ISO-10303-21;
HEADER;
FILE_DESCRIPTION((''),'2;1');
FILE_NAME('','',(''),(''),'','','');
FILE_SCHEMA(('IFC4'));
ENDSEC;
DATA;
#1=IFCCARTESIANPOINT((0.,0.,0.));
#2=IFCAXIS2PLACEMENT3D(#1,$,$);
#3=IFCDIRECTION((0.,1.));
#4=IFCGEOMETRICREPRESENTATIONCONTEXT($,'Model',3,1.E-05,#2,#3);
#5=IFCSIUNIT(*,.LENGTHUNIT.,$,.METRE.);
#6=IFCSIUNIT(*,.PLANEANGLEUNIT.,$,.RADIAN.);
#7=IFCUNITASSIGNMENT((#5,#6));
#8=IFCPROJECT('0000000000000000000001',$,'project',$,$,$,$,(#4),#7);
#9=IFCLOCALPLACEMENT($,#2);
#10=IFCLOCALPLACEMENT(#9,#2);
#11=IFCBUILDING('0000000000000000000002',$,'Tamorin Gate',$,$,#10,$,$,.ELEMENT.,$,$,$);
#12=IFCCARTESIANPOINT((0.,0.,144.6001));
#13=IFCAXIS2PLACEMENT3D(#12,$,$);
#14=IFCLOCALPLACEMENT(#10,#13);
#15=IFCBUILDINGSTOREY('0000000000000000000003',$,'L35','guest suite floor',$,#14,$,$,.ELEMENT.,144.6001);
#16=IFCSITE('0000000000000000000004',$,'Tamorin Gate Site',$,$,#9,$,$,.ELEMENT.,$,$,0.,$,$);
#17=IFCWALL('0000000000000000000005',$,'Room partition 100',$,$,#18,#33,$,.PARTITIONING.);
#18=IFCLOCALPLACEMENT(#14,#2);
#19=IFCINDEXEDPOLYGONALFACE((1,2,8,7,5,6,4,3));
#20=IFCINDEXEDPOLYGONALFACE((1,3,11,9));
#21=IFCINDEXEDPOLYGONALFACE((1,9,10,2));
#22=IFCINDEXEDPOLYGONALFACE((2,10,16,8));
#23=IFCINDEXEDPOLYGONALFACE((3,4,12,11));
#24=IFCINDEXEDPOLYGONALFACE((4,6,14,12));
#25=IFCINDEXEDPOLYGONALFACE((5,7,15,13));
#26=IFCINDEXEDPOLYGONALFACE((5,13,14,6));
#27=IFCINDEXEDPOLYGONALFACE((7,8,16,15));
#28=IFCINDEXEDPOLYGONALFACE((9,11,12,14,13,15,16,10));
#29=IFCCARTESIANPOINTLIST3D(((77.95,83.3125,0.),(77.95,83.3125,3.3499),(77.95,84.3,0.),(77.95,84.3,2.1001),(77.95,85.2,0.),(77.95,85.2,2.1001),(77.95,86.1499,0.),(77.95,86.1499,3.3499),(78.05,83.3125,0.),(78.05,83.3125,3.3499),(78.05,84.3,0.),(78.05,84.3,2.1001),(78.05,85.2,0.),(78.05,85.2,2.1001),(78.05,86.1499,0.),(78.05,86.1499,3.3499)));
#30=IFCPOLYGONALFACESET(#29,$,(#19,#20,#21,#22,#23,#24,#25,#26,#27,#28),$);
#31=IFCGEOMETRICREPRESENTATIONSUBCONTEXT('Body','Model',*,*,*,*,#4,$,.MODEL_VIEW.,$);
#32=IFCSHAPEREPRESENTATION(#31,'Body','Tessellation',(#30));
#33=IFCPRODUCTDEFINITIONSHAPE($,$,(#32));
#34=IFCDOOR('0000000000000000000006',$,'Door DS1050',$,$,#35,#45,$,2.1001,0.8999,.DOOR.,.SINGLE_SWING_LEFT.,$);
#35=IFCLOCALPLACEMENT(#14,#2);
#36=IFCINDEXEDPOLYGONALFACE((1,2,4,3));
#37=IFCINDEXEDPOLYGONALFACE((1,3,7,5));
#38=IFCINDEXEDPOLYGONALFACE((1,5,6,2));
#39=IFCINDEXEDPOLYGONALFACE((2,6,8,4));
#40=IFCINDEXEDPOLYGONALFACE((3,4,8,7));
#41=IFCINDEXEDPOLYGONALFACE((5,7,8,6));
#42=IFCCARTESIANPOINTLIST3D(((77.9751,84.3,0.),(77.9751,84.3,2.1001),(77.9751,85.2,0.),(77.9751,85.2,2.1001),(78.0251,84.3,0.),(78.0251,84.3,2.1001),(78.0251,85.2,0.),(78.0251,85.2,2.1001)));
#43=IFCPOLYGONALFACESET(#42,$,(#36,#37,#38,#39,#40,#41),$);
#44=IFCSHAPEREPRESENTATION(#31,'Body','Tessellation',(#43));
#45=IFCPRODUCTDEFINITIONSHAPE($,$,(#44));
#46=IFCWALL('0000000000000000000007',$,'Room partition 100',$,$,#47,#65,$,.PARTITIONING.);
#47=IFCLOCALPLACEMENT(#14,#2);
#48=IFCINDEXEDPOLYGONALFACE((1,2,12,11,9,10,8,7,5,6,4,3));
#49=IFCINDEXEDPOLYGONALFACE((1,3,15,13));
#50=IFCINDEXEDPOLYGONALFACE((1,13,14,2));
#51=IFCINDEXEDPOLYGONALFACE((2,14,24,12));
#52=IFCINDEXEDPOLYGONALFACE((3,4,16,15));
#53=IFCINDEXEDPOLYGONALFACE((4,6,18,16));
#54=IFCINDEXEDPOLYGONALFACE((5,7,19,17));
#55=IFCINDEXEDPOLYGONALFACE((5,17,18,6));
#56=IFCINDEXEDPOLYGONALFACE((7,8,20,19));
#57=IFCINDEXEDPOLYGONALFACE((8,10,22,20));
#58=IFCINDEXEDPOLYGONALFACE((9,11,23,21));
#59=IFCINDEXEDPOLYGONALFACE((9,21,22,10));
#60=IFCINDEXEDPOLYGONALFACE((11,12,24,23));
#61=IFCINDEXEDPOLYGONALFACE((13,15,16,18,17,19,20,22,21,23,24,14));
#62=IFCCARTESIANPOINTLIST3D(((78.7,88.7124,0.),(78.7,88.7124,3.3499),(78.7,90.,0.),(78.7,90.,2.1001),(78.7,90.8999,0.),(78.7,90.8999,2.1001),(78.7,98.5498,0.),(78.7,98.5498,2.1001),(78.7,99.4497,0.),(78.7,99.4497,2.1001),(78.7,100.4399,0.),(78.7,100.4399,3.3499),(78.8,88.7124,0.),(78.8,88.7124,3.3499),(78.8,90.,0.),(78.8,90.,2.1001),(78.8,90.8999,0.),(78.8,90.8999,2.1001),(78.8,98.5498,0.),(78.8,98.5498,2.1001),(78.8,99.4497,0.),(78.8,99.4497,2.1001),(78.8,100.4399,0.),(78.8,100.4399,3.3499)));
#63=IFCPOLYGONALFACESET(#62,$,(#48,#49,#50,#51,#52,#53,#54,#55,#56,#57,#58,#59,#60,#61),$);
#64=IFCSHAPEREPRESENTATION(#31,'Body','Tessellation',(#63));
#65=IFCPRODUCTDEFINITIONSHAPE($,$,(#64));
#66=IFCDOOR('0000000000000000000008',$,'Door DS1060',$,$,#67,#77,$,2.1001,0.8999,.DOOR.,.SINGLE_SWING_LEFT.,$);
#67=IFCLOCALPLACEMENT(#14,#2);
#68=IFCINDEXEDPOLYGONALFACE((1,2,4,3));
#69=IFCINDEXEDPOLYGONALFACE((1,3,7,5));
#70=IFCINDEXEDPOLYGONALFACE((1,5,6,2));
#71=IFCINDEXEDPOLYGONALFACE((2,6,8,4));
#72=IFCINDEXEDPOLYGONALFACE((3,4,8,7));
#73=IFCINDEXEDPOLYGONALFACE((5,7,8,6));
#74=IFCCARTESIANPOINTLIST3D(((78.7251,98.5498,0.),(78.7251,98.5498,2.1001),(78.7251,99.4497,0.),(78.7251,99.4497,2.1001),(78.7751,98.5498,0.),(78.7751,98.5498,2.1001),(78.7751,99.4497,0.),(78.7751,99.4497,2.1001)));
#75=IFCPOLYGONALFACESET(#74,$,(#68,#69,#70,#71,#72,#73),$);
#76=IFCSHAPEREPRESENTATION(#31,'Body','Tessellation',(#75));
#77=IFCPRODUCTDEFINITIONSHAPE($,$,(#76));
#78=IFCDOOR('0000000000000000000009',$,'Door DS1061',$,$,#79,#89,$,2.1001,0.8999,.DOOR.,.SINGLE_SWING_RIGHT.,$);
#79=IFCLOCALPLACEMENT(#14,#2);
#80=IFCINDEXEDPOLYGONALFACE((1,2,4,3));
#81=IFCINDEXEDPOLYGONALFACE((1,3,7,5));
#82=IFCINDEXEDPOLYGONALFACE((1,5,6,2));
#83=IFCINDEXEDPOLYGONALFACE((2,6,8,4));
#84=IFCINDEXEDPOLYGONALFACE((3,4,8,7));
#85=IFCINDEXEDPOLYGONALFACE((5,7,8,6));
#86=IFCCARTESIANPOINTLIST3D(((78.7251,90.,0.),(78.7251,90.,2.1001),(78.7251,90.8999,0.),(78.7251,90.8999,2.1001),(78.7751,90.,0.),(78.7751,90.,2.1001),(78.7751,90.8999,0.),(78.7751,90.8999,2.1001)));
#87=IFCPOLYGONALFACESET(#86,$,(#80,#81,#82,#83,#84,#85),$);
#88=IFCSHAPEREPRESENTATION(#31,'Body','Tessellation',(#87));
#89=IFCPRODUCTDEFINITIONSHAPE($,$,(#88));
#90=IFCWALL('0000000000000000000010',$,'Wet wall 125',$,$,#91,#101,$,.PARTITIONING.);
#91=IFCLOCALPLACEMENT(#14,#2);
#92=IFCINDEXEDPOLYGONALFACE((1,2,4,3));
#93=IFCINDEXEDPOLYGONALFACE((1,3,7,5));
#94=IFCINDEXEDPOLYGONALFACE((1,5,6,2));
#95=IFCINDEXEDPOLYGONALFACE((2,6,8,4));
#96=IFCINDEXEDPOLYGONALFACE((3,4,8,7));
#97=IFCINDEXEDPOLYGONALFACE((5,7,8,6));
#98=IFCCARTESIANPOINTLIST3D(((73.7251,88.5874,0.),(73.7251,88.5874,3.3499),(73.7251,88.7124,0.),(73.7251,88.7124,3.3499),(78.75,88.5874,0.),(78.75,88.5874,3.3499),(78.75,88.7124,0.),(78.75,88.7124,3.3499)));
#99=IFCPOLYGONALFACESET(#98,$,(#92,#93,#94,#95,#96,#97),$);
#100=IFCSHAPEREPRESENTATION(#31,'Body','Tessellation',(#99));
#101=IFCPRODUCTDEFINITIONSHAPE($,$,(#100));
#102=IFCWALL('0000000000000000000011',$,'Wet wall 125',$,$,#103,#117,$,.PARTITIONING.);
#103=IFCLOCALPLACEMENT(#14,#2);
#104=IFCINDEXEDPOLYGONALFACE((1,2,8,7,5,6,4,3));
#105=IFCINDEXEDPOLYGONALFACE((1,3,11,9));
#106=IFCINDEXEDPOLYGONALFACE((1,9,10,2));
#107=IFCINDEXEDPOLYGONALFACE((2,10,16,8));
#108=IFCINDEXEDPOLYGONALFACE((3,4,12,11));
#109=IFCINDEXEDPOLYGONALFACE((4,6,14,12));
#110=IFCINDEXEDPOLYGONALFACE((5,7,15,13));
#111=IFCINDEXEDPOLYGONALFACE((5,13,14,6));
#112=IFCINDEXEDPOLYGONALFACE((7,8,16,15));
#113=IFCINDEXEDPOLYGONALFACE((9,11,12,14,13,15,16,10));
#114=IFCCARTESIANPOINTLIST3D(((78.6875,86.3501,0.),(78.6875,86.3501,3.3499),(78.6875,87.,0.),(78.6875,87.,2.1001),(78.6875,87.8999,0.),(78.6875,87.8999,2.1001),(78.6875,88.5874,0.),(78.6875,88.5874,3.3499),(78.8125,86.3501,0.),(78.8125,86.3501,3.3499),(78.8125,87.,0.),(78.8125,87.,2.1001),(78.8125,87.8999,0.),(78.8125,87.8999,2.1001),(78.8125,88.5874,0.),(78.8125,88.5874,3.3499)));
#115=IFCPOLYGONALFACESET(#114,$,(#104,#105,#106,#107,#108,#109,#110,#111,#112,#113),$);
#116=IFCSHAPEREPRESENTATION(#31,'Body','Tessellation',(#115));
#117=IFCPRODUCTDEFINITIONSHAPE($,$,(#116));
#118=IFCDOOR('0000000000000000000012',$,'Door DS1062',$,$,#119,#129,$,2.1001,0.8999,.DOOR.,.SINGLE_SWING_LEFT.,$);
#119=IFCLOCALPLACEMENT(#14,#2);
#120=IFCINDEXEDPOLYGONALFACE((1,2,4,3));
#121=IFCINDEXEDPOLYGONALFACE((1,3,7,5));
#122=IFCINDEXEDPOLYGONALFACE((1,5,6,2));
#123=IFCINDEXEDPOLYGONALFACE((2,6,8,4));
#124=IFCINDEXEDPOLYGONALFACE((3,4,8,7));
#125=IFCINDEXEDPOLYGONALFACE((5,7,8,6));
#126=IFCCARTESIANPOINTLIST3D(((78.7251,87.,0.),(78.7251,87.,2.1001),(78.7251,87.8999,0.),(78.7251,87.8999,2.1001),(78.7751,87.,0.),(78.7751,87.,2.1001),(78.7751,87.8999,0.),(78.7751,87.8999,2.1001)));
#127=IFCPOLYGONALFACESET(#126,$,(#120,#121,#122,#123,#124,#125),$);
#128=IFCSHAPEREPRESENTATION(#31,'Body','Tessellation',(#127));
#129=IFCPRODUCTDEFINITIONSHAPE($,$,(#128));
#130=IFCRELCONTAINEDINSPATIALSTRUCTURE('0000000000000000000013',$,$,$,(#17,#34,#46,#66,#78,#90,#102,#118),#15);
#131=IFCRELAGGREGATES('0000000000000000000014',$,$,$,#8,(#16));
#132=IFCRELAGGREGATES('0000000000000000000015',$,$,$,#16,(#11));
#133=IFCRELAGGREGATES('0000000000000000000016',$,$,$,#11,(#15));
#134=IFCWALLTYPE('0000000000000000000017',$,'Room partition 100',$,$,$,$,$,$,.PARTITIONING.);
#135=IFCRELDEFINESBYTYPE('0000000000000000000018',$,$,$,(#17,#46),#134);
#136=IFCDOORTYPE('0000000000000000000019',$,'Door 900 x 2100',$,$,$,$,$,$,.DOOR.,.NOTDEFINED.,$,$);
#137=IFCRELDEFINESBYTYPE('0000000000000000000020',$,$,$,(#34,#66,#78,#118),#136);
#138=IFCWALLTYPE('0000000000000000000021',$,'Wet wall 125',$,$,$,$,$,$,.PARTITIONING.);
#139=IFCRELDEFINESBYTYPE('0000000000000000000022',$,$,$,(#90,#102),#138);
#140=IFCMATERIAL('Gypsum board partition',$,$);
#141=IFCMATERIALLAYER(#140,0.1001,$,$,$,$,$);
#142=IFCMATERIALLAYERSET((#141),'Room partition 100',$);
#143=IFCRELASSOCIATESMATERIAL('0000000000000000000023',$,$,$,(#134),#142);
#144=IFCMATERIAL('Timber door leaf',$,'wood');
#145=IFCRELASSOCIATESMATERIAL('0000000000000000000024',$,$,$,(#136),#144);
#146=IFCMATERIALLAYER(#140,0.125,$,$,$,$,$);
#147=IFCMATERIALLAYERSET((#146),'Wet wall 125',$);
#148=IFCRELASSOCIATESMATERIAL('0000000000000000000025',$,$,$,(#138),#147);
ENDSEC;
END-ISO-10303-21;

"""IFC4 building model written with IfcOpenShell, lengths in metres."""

from ifc_helpers import new_model, si_unit, direction, frame, frame_2d, origin, place, context, subcontext, project, spatial, rectangle, extrude, material, layer, layer_set, type_object, element, fill, save


model = new_model("IFC4")

# Units and contexts
model_context = context("Model", 3, precision=1e-05, world=origin(), true_north=direction((0.0, 1.0)))
body_context = subcontext(model_context, "Body", "Model", "MODEL_VIEW")
ifc_project = project(units=[si_unit("LENGTHUNIT", "METRE"), si_unit("PLANEANGLEUNIT", "RADIAN")], contexts=[model_context])

# Site, building, storey
site_placement = place(None, origin())
site = spatial("IfcSite", under=ifc_project, at=site_placement, Name="Tamorin Gate Site", CompositionType="ELEMENT", RefElevation=0.0)
building_placement = place(site_placement, origin())
building = spatial("IfcBuilding", under=site, at=building_placement, Name="Tamorin Gate", CompositionType="ELEMENT")
storey_placement = place(building_placement, frame((0.0, 0.0, 144.6001)))
storey = spatial("IfcBuildingStorey", under=building, at=storey_placement, Name="L35", Description="guest suite floor", CompositionType="ELEMENT", Elevation=144.6001)

# Shared definitions
ifc_material_1 = material(Name="Gypsum board partition")

# Wall, opening, door
ifc_layer_1 = layer(ifc_material_1, 0.1001)
ifc_layer_set_1 = layer_set([ifc_layer_1], Name="Room partition 100")
wall_type_1 = type_object("IfcWallType", Name="Room partition 100", PredefinedType="PARTITIONING", material=ifc_layer_set_1)
wall_1_placement = place(storey_placement, frame((78.0, 83.3125, 0.0), z_axis=(0.0, 0.0, 1.0), x_axis=(0.0, 1.0, 0.0)))
wall_1 = element("IfcWall", 1, at=wall_1_placement, inside=storey, type_object=wall_type_1, Name="Room partition 100", PredefinedType="PARTITIONING", context=body_context, shape_type="SweptSolid", body=[
    extrude(rectangle(XDim=2.8374, YDim=0.1001, at=frame_2d((1.4187, 0.0))), origin(), (0.0, 0.0, 1.0), 3.3499),
])
opening_1_placement = place(wall_1_placement, frame((0.9875, 0.0, 0.0)))
opening_1 = element("IfcOpeningElement", 2, at=opening_1_placement, cuts=wall_1, PredefinedType="OPENING", context=body_context, shape_type="SweptSolid", body=[
    extrude(rectangle(XDim=0.8999, YDim=2.1001, at=frame_2d((0.45, 1.05))), frame((0.0, 0.0601, 0.0), z_axis=(0.0, -1.0, 0.0), x_axis=(1.0, 0.0, 0.0)), (0.0, 0.0, 1.0), 0.1201),
])
ifc_material_2 = material(Name="Timber door leaf", Category="wood")
door_type = type_object("IfcDoorType", Name="Door 900 x 2100", OperationType="NOTDEFINED", PredefinedType="DOOR", material=ifc_material_2)
door_1_placement = place(opening_1_placement, origin())
door_1 = element("IfcDoor", 3, at=door_1_placement, inside=storey, type_object=door_type, Name="Door DS1050", OperationType="SINGLE_SWING_LEFT", OverallHeight=2.1001, OverallWidth=0.8999, PredefinedType="DOOR", context=body_context, shape_type="SweptSolid", body=[
    extrude(rectangle(XDim=0.8999, YDim=2.1001, at=frame_2d((0.45, 1.05))), frame((0.0, 0.0249, 0.0), z_axis=(0.0, -1.0, 0.0), x_axis=(1.0, 0.0, 0.0)), (0.0, 0.0, 1.0), 0.05),
])
fill(opening_1, door_1)

# Wall, openings, doors
wall_2_placement = place(storey_placement, frame((78.75, 88.7124, 0.0), z_axis=(0.0, 0.0, 1.0), x_axis=(0.0, 1.0, 0.0)))
wall_2 = element("IfcWall", 4, at=wall_2_placement, inside=storey, type_object=wall_type_1, Name="Room partition 100", PredefinedType="PARTITIONING", context=body_context, shape_type="SweptSolid", body=[
    extrude(rectangle(XDim=11.7275, YDim=0.1001, at=frame_2d((5.8638, 0.0))), origin(), (0.0, 0.0, 1.0), 3.3499),
])
opening_2_placement = place(wall_2_placement, frame((9.8374, 0.0, 0.0)))
opening_2 = element("IfcOpeningElement", 5, at=opening_2_placement, cuts=wall_2, PredefinedType="OPENING", context=body_context, shape_type="SweptSolid", body=[
    extrude(rectangle(XDim=0.8999, YDim=2.1001, at=frame_2d((0.45, 1.05))), frame((0.0, 0.0601, 0.0), z_axis=(0.0, -1.0, 0.0), x_axis=(1.0, 0.0, 0.0)), (0.0, 0.0, 1.0), 0.1201),
])
opening_3_placement = place(wall_2_placement, frame((1.2876, 0.0, 0.0)))
opening_3 = element("IfcOpeningElement", 6, at=opening_3_placement, cuts=wall_2, PredefinedType="OPENING", context=body_context, shape_type="SweptSolid", body=[
    extrude(rectangle(XDim=0.8999, YDim=2.1001, at=frame_2d((0.45, 1.05))), frame((0.0, 0.0601, 0.0), z_axis=(0.0, -1.0, 0.0), x_axis=(1.0, 0.0, 0.0)), (0.0, 0.0, 1.0), 0.1201),
])
door_2_placement = place(opening_2_placement, origin())
door_2 = element("IfcDoor", 7, at=door_2_placement, inside=storey, type_object=door_type, Name="Door DS1060", OperationType="SINGLE_SWING_LEFT", OverallHeight=2.1001, OverallWidth=0.8999, PredefinedType="DOOR", context=body_context, shape_type="SweptSolid", body=[
    extrude(rectangle(XDim=0.8999, YDim=2.1001, at=frame_2d((0.45, 1.05))), frame((0.0, 0.0249, 0.0), z_axis=(0.0, -1.0, 0.0), x_axis=(1.0, 0.0, 0.0)), (0.0, 0.0, 1.0), 0.05),
])
fill(opening_2, door_2)
door_3_placement = place(opening_3_placement, origin())
door_3 = element("IfcDoor", 8, at=door_3_placement, inside=storey, type_object=door_type, Name="Door DS1061", OperationType="SINGLE_SWING_RIGHT", OverallHeight=2.1001, OverallWidth=0.8999, PredefinedType="DOOR", context=body_context, shape_type="SweptSolid", body=[
    extrude(rectangle(XDim=0.8999, YDim=2.1001, at=frame_2d((0.45, 1.05))), frame((0.0, 0.0249, 0.0), z_axis=(0.0, -1.0, 0.0), x_axis=(1.0, 0.0, 0.0)), (0.0, 0.0, 1.0), 0.05),
])
fill(opening_3, door_3)

# Wall
ifc_layer_2 = layer(ifc_material_1, 0.125)
ifc_layer_set_2 = layer_set([ifc_layer_2], Name="Wet wall 125")
wall_type_2 = type_object("IfcWallType", Name="Wet wall 125", PredefinedType="PARTITIONING", material=ifc_layer_set_2)
wall_3_placement = place(storey_placement, frame((73.7251, 88.6499, 0.0), z_axis=(0.0, 0.0, 1.0), x_axis=(1.0, 0.0, 0.0)))
element("IfcWall", 9, at=wall_3_placement, inside=storey, type_object=wall_type_2, Name="Wet wall 125", PredefinedType="PARTITIONING", context=body_context, shape_type="SweptSolid", body=[
    extrude(rectangle(XDim=5.0249, YDim=0.125, at=frame_2d((2.5125, 0.0))), origin(), (0.0, 0.0, 1.0), 3.3499),
])

# Wall, opening, door
wall_4_placement = place(storey_placement, frame((78.75, 86.3501, 0.0), z_axis=(0.0, 0.0, 1.0), x_axis=(0.0, 1.0, 0.0)))
wall_4 = element("IfcWall", 10, at=wall_4_placement, inside=storey, type_object=wall_type_2, Name="Wet wall 125", PredefinedType="PARTITIONING", context=body_context, shape_type="SweptSolid", body=[
    extrude(rectangle(XDim=2.2373, YDim=0.125, at=frame_2d((1.1187, 0.0))), origin(), (0.0, 0.0, 1.0), 3.3499),
])
opening_4_placement = place(wall_4_placement, frame((0.6499, 0.0, 0.0)))
opening_4 = element("IfcOpeningElement", 11, at=opening_4_placement, cuts=wall_4, PredefinedType="OPENING", context=body_context, shape_type="SweptSolid", body=[
    extrude(rectangle(XDim=0.8999, YDim=2.1001, at=frame_2d((0.45, 1.05))), frame((0.0, 0.0725, 0.0), z_axis=(0.0, -1.0, 0.0), x_axis=(1.0, 0.0, 0.0)), (0.0, 0.0, 1.0), 0.145),
])
door_4_placement = place(opening_4_placement, origin())
door_4 = element("IfcDoor", 12, at=door_4_placement, inside=storey, type_object=door_type, Name="Door DS1062", OperationType="SINGLE_SWING_LEFT", OverallHeight=2.1001, OverallWidth=0.8999, PredefinedType="DOOR", context=body_context, shape_type="SweptSolid", body=[
    extrude(rectangle(XDim=0.8999, YDim=2.1001, at=frame_2d((0.45, 1.05))), frame((0.0, 0.0249, 0.0), z_axis=(0.0, -1.0, 0.0), x_axis=(1.0, 0.0, 0.0)), (0.0, 0.0, 1.0), 0.05),
])
fill(opening_4, door_4)

save(model, "model.ifc")
